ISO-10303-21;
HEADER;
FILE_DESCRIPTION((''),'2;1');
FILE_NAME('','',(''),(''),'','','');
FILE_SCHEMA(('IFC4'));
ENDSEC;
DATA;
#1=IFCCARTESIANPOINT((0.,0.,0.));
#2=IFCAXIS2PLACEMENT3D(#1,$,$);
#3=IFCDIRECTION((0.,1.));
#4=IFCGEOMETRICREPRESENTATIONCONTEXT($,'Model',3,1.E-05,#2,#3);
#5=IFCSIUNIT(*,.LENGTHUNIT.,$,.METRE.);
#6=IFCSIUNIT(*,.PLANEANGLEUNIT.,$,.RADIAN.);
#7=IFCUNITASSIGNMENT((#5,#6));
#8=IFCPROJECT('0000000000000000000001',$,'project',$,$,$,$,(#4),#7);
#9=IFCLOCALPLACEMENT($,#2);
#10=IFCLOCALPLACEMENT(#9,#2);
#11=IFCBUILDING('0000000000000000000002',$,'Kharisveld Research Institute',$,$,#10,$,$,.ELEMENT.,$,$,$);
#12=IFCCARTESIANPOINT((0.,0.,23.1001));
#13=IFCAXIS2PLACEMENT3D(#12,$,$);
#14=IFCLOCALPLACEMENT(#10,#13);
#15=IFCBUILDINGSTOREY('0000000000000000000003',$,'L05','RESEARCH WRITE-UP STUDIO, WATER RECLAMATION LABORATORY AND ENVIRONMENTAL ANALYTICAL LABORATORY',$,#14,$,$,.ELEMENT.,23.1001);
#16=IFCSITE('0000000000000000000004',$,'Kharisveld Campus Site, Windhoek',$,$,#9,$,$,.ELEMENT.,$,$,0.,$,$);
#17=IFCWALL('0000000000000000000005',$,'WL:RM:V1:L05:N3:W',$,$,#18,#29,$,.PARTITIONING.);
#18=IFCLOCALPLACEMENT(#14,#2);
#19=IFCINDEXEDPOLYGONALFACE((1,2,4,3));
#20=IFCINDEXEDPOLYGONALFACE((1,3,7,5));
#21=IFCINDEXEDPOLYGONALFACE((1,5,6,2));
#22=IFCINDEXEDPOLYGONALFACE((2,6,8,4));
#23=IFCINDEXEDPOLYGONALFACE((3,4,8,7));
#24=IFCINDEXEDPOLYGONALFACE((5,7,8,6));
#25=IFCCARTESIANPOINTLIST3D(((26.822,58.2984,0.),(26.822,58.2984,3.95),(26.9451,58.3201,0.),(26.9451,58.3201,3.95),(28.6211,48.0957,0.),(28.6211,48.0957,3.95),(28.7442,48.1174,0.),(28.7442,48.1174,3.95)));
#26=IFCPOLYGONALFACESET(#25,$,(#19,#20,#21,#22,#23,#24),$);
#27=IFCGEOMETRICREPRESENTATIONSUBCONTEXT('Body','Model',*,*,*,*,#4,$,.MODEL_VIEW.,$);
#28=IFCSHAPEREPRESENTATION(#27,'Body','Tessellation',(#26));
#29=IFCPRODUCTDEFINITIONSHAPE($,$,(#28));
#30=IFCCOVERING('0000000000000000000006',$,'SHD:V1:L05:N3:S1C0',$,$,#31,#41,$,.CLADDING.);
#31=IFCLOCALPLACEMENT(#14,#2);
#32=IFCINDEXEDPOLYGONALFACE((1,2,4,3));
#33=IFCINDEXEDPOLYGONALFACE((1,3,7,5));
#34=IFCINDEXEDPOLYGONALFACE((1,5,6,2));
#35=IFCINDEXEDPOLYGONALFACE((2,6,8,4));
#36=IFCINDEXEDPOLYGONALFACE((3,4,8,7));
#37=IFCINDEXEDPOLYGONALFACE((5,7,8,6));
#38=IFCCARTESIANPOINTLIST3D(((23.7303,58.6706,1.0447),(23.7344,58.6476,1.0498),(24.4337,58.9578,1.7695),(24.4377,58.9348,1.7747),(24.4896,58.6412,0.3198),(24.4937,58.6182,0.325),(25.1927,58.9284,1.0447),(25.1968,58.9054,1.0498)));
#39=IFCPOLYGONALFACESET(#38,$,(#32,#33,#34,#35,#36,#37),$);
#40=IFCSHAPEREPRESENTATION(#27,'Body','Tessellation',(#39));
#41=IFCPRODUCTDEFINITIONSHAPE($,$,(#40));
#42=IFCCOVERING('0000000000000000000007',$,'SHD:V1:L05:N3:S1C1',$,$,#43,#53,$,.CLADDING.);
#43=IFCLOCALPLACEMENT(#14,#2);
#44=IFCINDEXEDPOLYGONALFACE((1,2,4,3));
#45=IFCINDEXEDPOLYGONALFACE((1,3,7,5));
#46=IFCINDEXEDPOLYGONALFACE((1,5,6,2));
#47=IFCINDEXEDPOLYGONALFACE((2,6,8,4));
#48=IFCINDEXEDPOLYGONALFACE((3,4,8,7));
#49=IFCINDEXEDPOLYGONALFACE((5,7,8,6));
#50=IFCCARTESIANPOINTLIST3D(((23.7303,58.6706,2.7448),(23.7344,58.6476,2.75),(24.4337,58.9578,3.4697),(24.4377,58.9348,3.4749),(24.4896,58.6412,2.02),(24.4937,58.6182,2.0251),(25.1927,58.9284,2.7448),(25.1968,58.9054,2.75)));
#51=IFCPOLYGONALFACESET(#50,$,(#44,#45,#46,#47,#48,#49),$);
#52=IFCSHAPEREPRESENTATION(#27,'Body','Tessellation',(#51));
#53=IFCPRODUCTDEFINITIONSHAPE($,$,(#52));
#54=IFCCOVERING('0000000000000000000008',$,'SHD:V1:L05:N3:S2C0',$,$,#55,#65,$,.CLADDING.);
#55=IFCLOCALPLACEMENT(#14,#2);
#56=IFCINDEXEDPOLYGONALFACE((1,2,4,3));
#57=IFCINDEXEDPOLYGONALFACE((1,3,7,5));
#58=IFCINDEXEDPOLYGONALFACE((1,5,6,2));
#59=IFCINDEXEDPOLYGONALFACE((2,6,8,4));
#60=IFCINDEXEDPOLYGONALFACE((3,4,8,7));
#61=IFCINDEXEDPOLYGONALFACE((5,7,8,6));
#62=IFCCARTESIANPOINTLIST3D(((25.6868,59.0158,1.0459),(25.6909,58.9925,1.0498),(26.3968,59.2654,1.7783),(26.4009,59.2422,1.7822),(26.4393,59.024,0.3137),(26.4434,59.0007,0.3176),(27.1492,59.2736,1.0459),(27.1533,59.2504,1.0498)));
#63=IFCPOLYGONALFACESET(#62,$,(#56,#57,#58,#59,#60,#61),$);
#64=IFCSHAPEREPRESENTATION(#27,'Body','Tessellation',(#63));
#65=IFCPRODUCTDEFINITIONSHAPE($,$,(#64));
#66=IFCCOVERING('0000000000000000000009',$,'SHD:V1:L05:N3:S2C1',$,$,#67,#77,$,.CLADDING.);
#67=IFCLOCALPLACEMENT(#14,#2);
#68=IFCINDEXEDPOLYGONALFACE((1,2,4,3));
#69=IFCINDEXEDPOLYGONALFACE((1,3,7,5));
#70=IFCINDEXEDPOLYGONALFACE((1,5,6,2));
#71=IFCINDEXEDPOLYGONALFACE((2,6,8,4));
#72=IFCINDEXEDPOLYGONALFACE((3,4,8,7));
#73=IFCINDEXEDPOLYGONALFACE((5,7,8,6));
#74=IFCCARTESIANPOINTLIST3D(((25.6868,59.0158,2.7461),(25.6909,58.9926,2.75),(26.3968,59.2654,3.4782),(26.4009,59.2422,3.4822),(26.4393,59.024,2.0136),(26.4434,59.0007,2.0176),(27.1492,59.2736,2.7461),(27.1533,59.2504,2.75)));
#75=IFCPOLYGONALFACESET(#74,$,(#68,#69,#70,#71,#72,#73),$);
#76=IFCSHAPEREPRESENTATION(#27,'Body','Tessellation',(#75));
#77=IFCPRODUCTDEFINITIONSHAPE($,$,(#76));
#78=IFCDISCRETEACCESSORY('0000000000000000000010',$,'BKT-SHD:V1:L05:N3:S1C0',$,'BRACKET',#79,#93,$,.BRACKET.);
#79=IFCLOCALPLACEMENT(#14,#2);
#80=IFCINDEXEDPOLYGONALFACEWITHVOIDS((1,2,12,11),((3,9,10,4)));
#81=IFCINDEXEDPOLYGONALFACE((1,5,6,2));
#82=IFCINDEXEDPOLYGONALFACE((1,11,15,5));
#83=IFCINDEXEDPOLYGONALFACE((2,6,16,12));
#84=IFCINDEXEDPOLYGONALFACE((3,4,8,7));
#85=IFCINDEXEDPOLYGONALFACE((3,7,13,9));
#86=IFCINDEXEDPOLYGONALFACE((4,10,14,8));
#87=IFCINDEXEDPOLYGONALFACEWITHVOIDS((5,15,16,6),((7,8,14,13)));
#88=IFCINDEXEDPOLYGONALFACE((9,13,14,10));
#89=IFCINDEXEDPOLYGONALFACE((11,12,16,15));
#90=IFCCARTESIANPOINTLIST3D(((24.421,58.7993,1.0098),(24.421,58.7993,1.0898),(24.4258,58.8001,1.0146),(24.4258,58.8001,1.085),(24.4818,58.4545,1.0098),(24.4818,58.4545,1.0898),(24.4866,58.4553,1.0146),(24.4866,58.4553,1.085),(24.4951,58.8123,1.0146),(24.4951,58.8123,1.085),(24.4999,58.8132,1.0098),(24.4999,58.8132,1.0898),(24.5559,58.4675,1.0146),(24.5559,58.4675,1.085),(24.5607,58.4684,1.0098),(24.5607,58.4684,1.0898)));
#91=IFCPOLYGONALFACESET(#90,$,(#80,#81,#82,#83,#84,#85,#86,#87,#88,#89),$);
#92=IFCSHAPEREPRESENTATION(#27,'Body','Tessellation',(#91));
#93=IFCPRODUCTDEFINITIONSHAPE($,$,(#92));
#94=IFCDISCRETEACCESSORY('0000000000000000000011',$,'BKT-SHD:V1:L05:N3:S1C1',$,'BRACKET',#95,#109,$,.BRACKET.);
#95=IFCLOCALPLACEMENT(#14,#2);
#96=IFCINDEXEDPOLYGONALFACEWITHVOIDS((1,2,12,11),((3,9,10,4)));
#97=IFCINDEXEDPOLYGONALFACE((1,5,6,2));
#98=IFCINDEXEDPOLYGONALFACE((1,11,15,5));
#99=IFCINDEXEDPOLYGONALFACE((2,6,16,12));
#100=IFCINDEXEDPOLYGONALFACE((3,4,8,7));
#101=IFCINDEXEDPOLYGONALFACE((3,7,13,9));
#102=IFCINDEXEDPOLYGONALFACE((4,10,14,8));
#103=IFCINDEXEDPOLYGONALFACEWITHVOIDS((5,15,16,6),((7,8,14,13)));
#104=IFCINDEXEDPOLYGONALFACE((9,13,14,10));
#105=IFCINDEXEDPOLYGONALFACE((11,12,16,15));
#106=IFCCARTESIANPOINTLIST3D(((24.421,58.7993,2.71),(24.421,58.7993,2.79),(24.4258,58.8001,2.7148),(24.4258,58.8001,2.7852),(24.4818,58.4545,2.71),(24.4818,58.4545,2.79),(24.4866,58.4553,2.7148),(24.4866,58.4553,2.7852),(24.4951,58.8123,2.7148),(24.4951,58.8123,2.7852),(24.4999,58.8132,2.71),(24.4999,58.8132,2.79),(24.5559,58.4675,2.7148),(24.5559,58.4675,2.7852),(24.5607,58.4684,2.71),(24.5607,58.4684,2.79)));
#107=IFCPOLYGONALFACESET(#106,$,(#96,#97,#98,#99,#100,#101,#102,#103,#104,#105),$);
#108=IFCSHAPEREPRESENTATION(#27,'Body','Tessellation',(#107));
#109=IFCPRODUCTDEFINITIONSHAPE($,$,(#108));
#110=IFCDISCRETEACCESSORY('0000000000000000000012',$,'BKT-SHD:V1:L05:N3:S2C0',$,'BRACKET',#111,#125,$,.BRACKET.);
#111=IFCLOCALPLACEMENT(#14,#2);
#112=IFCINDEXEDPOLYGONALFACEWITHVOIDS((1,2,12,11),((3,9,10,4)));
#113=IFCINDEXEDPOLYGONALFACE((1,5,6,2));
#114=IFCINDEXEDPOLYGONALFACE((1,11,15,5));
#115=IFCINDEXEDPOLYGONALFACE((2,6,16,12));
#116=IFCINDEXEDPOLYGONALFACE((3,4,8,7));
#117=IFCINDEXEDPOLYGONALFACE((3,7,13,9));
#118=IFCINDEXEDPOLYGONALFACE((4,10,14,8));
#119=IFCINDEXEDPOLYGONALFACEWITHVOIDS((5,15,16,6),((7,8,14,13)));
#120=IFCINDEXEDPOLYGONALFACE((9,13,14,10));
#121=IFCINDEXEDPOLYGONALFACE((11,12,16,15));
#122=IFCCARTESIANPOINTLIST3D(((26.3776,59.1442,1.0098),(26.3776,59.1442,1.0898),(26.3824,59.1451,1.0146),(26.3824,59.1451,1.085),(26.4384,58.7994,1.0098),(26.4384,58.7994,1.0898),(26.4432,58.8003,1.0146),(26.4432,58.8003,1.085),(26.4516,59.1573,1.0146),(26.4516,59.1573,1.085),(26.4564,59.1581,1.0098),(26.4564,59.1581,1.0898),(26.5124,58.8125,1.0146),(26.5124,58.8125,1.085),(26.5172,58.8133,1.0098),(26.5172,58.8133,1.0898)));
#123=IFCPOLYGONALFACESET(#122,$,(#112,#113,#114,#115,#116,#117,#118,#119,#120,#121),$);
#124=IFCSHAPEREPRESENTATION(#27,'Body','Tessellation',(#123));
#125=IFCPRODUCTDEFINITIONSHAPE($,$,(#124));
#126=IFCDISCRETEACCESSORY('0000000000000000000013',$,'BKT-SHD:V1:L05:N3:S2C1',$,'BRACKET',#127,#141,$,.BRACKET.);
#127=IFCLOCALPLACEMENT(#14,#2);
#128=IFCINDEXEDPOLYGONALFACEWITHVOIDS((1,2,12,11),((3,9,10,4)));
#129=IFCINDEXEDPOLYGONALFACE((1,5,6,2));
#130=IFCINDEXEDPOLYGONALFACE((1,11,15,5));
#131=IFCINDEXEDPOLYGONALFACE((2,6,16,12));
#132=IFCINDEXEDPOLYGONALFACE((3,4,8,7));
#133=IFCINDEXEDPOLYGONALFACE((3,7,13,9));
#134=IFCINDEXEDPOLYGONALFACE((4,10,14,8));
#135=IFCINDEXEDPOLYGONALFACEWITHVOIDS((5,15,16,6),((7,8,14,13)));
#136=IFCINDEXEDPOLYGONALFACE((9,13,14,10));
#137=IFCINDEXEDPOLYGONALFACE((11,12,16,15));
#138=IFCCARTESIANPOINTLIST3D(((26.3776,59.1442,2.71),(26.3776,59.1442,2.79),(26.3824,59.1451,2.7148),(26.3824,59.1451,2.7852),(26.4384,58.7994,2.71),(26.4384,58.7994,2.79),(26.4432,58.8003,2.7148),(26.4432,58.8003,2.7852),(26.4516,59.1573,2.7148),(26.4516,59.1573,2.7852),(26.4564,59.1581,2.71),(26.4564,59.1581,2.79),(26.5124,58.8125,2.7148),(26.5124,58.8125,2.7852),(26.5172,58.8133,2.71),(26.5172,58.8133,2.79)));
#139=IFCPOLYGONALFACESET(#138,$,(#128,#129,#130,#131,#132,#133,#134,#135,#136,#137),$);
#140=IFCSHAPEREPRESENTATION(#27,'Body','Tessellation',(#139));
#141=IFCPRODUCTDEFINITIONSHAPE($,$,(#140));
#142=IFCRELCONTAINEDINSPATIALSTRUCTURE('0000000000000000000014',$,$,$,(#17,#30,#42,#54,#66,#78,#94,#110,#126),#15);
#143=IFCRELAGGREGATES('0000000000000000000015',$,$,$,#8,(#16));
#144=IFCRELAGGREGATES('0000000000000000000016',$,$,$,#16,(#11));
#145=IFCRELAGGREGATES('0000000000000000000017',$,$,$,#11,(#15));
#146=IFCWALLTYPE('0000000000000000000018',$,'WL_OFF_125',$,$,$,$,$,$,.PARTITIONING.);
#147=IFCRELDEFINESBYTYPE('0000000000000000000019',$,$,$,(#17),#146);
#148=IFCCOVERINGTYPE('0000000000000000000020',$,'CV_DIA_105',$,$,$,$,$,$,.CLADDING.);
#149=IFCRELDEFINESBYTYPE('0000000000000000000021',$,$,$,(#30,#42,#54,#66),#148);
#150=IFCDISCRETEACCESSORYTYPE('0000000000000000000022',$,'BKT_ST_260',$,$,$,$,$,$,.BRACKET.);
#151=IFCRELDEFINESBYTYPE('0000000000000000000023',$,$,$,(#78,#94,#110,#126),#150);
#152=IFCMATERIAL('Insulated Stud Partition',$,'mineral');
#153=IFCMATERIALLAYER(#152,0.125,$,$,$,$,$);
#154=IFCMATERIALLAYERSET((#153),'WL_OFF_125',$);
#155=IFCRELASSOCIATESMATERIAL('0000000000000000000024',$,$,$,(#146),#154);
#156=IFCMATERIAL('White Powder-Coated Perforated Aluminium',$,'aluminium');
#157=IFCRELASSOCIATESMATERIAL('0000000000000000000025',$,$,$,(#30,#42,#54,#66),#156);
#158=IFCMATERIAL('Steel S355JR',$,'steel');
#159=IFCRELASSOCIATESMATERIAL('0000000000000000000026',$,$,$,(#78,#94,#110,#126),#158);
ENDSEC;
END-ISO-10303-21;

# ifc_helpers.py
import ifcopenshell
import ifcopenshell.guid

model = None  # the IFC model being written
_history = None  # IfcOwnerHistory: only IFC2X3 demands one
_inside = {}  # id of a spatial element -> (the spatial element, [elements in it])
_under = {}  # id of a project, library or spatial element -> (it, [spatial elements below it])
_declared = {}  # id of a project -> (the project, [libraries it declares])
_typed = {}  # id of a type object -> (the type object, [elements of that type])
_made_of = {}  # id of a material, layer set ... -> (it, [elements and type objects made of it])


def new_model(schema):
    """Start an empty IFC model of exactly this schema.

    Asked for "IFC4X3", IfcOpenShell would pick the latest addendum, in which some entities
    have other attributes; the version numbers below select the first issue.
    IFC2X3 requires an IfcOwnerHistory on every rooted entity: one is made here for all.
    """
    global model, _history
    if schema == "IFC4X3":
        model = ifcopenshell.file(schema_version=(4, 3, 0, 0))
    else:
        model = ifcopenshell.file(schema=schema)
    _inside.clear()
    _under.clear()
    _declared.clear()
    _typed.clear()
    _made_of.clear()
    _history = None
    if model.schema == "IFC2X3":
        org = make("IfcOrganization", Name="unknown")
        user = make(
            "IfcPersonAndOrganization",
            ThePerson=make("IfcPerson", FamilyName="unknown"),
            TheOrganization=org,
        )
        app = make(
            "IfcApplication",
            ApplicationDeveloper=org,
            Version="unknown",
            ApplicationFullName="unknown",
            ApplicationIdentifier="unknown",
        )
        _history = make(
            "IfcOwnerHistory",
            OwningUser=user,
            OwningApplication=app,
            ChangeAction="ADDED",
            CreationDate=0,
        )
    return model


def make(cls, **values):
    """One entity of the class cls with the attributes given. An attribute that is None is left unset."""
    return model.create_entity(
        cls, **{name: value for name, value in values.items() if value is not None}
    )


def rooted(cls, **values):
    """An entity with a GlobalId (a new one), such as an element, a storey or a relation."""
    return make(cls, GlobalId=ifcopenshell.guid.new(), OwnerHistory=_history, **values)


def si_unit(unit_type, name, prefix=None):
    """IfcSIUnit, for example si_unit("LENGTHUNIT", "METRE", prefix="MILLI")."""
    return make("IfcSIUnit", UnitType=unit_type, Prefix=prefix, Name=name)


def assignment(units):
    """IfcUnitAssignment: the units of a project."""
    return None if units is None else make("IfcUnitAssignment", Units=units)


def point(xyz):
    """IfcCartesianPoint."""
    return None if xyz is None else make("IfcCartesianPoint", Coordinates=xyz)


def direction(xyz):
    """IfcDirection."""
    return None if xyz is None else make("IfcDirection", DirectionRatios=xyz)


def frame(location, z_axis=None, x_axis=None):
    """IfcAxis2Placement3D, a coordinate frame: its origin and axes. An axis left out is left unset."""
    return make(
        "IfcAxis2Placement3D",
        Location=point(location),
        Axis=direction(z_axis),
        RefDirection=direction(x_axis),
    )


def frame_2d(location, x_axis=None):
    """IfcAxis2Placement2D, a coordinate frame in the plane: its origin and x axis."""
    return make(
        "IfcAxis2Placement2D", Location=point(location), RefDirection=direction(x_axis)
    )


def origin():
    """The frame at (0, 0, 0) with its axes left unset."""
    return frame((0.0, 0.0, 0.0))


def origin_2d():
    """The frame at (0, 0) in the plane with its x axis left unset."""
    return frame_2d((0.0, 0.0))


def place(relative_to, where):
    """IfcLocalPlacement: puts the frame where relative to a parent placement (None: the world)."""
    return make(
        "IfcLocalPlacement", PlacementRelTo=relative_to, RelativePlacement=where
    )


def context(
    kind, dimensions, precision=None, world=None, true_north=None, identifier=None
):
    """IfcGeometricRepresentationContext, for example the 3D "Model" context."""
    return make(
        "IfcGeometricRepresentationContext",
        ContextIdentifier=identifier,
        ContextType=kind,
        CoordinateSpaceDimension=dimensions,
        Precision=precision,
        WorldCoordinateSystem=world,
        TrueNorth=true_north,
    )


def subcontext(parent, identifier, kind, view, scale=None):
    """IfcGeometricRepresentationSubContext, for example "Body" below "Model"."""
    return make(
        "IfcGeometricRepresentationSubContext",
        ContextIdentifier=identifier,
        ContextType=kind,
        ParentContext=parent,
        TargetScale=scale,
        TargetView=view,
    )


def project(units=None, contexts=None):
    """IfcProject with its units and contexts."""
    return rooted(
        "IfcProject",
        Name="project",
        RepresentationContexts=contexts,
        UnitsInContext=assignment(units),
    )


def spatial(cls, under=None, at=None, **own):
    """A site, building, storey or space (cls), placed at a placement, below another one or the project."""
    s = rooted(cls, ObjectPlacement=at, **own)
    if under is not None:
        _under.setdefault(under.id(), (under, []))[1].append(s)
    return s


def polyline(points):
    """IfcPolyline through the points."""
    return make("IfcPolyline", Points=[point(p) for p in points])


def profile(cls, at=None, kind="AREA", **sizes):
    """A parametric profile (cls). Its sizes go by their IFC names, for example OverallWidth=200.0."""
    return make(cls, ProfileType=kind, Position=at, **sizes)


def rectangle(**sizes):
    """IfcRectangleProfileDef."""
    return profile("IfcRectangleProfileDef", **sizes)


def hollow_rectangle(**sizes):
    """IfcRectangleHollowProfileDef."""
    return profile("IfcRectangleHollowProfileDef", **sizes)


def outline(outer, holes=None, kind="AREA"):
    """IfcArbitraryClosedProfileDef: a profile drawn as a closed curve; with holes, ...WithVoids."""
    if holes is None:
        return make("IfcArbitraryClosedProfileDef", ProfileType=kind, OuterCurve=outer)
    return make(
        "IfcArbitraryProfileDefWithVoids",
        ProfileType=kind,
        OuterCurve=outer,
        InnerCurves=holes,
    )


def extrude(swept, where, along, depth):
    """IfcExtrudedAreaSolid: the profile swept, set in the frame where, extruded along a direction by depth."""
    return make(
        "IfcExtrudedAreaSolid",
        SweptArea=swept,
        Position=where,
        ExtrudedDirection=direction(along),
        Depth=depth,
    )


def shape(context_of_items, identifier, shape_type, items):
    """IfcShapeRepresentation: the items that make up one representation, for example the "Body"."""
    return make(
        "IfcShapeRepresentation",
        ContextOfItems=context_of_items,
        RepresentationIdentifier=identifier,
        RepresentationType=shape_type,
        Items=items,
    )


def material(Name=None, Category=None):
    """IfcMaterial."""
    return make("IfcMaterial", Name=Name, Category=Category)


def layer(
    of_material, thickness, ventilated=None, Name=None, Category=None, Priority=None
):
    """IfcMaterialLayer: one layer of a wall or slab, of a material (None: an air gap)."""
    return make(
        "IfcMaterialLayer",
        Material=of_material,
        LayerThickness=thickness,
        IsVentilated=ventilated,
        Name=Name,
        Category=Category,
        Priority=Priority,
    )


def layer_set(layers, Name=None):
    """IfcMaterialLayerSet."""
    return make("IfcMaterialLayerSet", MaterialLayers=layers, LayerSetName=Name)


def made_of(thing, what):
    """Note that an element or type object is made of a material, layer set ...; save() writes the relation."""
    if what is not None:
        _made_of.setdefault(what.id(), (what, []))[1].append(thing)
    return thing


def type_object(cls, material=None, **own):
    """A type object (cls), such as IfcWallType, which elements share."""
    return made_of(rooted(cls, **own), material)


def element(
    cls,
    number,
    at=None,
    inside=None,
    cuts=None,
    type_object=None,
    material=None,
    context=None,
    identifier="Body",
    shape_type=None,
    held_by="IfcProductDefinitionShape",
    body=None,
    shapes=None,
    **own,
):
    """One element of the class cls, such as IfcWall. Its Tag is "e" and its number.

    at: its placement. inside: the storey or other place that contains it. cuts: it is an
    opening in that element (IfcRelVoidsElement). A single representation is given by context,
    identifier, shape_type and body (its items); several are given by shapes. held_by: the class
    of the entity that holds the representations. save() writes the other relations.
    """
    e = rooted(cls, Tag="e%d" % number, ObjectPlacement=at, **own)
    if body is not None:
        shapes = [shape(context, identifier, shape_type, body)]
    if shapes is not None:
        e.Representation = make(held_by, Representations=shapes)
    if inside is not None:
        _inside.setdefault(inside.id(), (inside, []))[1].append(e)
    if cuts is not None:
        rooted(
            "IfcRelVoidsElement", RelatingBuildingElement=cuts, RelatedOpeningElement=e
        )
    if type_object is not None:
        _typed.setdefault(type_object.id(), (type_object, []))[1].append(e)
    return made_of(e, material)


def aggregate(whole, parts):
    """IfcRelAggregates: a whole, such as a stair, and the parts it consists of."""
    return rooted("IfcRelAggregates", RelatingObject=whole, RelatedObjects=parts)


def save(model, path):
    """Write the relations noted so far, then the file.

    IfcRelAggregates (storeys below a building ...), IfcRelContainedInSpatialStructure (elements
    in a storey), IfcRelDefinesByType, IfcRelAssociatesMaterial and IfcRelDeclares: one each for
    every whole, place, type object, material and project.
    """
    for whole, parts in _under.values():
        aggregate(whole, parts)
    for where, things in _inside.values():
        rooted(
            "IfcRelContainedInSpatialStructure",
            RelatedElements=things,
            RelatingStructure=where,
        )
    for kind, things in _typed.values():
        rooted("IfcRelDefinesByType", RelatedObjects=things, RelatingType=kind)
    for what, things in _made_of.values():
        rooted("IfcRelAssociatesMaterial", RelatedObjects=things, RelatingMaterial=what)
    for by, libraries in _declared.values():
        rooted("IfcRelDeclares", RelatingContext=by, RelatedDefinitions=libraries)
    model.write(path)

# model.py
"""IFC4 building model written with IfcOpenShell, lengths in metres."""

from ifc_helpers import new_model, si_unit, direction, frame, frame_2d, origin, origin_2d, place, context, subcontext, project, spatial, polyline, rectangle, hollow_rectangle, outline, extrude, material, layer, layer_set, type_object, element, save


model = new_model("IFC4")

# Units and contexts
model_context = context("Model", 3, precision=1e-05, world=origin(), true_north=direction((0.0, 1.0)))
body_context = subcontext(model_context, "Body", "Model", "MODEL_VIEW")
ifc_project = project(units=[si_unit("LENGTHUNIT", "METRE"), si_unit("PLANEANGLEUNIT", "RADIAN")], contexts=[model_context])

# Site, building, storey
site_placement = place(None, origin())
site = spatial("IfcSite", under=ifc_project, at=site_placement, Name="Kharisveld Campus Site, Windhoek", CompositionType="ELEMENT", RefElevation=0.0)
building_placement = place(site_placement, origin())
building = spatial("IfcBuilding", under=site, at=building_placement, Name="Kharisveld Research Institute", CompositionType="ELEMENT")
storey_placement = place(building_placement, frame((0.0, 0.0, 23.1001)))
storey = spatial("IfcBuildingStorey", under=building, at=storey_placement, Name="L05", Description="RESEARCH WRITE-UP STUDIO, WATER RECLAMATION LABORATORY AND ENVIRONMENTAL ANALYTICAL LABORATORY", CompositionType="ELEMENT", Elevation=23.1001)

# Wall
ifc_material_1 = material(Name="Insulated Stud Partition", Category="mineral")
ifc_layer_1 = layer(ifc_material_1, 0.125)
ifc_layer_set_1 = layer_set([ifc_layer_1], Name="WL_OFF_125")
wall_type = type_object("IfcWallType", Name="WL_OFF_125", PredefinedType="PARTITIONING", material=ifc_layer_set_1)
wall_placement = place(storey_placement, frame((26.8835, 58.3093, 0.0), z_axis=(0.0, 0.0, 1.0), x_axis=(0.173655, -0.984807, 0.0)))
element("IfcWall", 1, at=wall_placement, inside=storey, type_object=wall_type, Name="WL:RM:V1:L05:N3:W", PredefinedType="PARTITIONING", context=body_context, shape_type="SweptSolid", body=[
    extrude(rectangle(XDim=10.3601, YDim=0.125, at=frame_2d((5.1802, 0.0))), origin(), (0.0, 0.0, 1.0), 3.95),
])

# Coverings
ifc_material_2 = material(Name="White Powder-Coated Perforated Aluminium", Category="aluminium")
covering_type = type_object("IfcCoveringType", Name="CV_DIA_105", PredefinedType="CLADDING")
for number, where, z_axis, x_axis, name in (
    (2, (24.4937, 58.6182, 0.325), (0.169497, -0.961447, 0.21654), (0.669705, 0.27356, 0.690406), "SHD:V1:L05:N3:S1C0"),
    (3, (24.4937, 58.6182, 2.0251), (0.169497, -0.961447, 0.21654), (0.669705, 0.27356, 0.690406), "SHD:V1:L05:N3:S1C1"),
):
    element("IfcCovering", number, at=place(storey_placement, frame(where, z_axis=z_axis, x_axis=x_axis)), inside=storey, type_object=covering_type, material=ifc_material_2, Name=name, PredefinedType="CLADDING", context=body_context, shape_type="SweptSolid", body=[
        extrude(outline(polyline([(0.0, 0.0), (1.0499, 0.0), (1.0501, 1.05), (0.0, 1.0501), (0.0, 0.0)])), origin(), (0.0, 0.0, -1.0), 0.0239),
    ])
covering_1_placement = place(storey_placement, frame((26.4434, 59.0007, 0.3176), z_axis=(0.171234, -0.971299, 0.165096), x_axis=(0.676174, 0.237734, 0.697332)))
element("IfcCovering", 4, at=covering_1_placement, inside=storey, type_object=covering_type, material=ifc_material_2, Name="SHD:V1:L05:N3:S2C0", PredefinedType="CLADDING", context=body_context, shape_type="SweptSolid", body=[
    extrude(outline(polyline([(0.0, 0.0), (1.05, 0.0), (1.05, 1.0501), (-0.0001, 1.0499), (0.0, 0.0)])), origin(), (0.0, 0.0, -1.0), 0.0239),
])
covering_2_placement = place(storey_placement, frame((26.4434, 59.0007, 2.0176), z_axis=(0.171234, -0.971299, 0.165096), x_axis=(0.676058, 0.237732, 0.697445)))
element("IfcCovering", 5, at=covering_2_placement, inside=storey, type_object=covering_type, material=ifc_material_2, Name="SHD:V1:L05:N3:S2C1", PredefinedType="CLADDING", context=body_context, shape_type="SweptSolid", body=[
    extrude(outline(polyline([(0.0, 0.0), (1.0502, 0.0), (1.0502, 1.0499), (0.0002, 1.0501), (0.0, 0.0)])), origin(), (0.0, 0.0, -1.0), 0.0239),
])

# Discrete accessories
ifc_material_3 = material(Name="Steel S355JR", Category="steel")
discrete_accessory_type = type_object("IfcDiscreteAccessoryType", Name="BKT_ST_260", PredefinedType="BRACKET")
for number, where, z_axis, x_axis, name in (
    (6, (24.5212, 58.4614, 1.0498), (-0.173666, 0.984805, 0.0), (-0.984805, -0.173666, 0.0), "BKT-SHD:V1:L05:N3:S1C0"),
    (7, (24.5212, 58.4614, 2.75), (-0.173666, 0.984805, 0.0), (-0.984805, -0.173666, 0.0), "BKT-SHD:V1:L05:N3:S1C1"),
    (8, (26.4778, 58.8064, 1.0498), (-0.173666, 0.984805, 0.0), (-0.984805, -0.173666, 0.0), "BKT-SHD:V1:L05:N3:S2C0"),
    (9, (26.4778, 58.8064, 2.75), (-0.173666, 0.984805, 0.0), (-0.984805, -0.173666, 0.0), "BKT-SHD:V1:L05:N3:S2C1"),
):
    element("IfcDiscreteAccessory", number, at=place(storey_placement, frame(where, z_axis=z_axis, x_axis=x_axis)), inside=storey, type_object=discrete_accessory_type, material=ifc_material_3, Name=name, ObjectType="BRACKET", PredefinedType="BRACKET", context=body_context, shape_type="SweptSolid", body=[
        extrude(hollow_rectangle(XDim=0.0801, YDim=0.0801, WallThickness=0.0049, at=origin_2d()), origin(), (0.0, 0.0, 1.0), 0.3501),
    ])

save(model, "model.ifc")
